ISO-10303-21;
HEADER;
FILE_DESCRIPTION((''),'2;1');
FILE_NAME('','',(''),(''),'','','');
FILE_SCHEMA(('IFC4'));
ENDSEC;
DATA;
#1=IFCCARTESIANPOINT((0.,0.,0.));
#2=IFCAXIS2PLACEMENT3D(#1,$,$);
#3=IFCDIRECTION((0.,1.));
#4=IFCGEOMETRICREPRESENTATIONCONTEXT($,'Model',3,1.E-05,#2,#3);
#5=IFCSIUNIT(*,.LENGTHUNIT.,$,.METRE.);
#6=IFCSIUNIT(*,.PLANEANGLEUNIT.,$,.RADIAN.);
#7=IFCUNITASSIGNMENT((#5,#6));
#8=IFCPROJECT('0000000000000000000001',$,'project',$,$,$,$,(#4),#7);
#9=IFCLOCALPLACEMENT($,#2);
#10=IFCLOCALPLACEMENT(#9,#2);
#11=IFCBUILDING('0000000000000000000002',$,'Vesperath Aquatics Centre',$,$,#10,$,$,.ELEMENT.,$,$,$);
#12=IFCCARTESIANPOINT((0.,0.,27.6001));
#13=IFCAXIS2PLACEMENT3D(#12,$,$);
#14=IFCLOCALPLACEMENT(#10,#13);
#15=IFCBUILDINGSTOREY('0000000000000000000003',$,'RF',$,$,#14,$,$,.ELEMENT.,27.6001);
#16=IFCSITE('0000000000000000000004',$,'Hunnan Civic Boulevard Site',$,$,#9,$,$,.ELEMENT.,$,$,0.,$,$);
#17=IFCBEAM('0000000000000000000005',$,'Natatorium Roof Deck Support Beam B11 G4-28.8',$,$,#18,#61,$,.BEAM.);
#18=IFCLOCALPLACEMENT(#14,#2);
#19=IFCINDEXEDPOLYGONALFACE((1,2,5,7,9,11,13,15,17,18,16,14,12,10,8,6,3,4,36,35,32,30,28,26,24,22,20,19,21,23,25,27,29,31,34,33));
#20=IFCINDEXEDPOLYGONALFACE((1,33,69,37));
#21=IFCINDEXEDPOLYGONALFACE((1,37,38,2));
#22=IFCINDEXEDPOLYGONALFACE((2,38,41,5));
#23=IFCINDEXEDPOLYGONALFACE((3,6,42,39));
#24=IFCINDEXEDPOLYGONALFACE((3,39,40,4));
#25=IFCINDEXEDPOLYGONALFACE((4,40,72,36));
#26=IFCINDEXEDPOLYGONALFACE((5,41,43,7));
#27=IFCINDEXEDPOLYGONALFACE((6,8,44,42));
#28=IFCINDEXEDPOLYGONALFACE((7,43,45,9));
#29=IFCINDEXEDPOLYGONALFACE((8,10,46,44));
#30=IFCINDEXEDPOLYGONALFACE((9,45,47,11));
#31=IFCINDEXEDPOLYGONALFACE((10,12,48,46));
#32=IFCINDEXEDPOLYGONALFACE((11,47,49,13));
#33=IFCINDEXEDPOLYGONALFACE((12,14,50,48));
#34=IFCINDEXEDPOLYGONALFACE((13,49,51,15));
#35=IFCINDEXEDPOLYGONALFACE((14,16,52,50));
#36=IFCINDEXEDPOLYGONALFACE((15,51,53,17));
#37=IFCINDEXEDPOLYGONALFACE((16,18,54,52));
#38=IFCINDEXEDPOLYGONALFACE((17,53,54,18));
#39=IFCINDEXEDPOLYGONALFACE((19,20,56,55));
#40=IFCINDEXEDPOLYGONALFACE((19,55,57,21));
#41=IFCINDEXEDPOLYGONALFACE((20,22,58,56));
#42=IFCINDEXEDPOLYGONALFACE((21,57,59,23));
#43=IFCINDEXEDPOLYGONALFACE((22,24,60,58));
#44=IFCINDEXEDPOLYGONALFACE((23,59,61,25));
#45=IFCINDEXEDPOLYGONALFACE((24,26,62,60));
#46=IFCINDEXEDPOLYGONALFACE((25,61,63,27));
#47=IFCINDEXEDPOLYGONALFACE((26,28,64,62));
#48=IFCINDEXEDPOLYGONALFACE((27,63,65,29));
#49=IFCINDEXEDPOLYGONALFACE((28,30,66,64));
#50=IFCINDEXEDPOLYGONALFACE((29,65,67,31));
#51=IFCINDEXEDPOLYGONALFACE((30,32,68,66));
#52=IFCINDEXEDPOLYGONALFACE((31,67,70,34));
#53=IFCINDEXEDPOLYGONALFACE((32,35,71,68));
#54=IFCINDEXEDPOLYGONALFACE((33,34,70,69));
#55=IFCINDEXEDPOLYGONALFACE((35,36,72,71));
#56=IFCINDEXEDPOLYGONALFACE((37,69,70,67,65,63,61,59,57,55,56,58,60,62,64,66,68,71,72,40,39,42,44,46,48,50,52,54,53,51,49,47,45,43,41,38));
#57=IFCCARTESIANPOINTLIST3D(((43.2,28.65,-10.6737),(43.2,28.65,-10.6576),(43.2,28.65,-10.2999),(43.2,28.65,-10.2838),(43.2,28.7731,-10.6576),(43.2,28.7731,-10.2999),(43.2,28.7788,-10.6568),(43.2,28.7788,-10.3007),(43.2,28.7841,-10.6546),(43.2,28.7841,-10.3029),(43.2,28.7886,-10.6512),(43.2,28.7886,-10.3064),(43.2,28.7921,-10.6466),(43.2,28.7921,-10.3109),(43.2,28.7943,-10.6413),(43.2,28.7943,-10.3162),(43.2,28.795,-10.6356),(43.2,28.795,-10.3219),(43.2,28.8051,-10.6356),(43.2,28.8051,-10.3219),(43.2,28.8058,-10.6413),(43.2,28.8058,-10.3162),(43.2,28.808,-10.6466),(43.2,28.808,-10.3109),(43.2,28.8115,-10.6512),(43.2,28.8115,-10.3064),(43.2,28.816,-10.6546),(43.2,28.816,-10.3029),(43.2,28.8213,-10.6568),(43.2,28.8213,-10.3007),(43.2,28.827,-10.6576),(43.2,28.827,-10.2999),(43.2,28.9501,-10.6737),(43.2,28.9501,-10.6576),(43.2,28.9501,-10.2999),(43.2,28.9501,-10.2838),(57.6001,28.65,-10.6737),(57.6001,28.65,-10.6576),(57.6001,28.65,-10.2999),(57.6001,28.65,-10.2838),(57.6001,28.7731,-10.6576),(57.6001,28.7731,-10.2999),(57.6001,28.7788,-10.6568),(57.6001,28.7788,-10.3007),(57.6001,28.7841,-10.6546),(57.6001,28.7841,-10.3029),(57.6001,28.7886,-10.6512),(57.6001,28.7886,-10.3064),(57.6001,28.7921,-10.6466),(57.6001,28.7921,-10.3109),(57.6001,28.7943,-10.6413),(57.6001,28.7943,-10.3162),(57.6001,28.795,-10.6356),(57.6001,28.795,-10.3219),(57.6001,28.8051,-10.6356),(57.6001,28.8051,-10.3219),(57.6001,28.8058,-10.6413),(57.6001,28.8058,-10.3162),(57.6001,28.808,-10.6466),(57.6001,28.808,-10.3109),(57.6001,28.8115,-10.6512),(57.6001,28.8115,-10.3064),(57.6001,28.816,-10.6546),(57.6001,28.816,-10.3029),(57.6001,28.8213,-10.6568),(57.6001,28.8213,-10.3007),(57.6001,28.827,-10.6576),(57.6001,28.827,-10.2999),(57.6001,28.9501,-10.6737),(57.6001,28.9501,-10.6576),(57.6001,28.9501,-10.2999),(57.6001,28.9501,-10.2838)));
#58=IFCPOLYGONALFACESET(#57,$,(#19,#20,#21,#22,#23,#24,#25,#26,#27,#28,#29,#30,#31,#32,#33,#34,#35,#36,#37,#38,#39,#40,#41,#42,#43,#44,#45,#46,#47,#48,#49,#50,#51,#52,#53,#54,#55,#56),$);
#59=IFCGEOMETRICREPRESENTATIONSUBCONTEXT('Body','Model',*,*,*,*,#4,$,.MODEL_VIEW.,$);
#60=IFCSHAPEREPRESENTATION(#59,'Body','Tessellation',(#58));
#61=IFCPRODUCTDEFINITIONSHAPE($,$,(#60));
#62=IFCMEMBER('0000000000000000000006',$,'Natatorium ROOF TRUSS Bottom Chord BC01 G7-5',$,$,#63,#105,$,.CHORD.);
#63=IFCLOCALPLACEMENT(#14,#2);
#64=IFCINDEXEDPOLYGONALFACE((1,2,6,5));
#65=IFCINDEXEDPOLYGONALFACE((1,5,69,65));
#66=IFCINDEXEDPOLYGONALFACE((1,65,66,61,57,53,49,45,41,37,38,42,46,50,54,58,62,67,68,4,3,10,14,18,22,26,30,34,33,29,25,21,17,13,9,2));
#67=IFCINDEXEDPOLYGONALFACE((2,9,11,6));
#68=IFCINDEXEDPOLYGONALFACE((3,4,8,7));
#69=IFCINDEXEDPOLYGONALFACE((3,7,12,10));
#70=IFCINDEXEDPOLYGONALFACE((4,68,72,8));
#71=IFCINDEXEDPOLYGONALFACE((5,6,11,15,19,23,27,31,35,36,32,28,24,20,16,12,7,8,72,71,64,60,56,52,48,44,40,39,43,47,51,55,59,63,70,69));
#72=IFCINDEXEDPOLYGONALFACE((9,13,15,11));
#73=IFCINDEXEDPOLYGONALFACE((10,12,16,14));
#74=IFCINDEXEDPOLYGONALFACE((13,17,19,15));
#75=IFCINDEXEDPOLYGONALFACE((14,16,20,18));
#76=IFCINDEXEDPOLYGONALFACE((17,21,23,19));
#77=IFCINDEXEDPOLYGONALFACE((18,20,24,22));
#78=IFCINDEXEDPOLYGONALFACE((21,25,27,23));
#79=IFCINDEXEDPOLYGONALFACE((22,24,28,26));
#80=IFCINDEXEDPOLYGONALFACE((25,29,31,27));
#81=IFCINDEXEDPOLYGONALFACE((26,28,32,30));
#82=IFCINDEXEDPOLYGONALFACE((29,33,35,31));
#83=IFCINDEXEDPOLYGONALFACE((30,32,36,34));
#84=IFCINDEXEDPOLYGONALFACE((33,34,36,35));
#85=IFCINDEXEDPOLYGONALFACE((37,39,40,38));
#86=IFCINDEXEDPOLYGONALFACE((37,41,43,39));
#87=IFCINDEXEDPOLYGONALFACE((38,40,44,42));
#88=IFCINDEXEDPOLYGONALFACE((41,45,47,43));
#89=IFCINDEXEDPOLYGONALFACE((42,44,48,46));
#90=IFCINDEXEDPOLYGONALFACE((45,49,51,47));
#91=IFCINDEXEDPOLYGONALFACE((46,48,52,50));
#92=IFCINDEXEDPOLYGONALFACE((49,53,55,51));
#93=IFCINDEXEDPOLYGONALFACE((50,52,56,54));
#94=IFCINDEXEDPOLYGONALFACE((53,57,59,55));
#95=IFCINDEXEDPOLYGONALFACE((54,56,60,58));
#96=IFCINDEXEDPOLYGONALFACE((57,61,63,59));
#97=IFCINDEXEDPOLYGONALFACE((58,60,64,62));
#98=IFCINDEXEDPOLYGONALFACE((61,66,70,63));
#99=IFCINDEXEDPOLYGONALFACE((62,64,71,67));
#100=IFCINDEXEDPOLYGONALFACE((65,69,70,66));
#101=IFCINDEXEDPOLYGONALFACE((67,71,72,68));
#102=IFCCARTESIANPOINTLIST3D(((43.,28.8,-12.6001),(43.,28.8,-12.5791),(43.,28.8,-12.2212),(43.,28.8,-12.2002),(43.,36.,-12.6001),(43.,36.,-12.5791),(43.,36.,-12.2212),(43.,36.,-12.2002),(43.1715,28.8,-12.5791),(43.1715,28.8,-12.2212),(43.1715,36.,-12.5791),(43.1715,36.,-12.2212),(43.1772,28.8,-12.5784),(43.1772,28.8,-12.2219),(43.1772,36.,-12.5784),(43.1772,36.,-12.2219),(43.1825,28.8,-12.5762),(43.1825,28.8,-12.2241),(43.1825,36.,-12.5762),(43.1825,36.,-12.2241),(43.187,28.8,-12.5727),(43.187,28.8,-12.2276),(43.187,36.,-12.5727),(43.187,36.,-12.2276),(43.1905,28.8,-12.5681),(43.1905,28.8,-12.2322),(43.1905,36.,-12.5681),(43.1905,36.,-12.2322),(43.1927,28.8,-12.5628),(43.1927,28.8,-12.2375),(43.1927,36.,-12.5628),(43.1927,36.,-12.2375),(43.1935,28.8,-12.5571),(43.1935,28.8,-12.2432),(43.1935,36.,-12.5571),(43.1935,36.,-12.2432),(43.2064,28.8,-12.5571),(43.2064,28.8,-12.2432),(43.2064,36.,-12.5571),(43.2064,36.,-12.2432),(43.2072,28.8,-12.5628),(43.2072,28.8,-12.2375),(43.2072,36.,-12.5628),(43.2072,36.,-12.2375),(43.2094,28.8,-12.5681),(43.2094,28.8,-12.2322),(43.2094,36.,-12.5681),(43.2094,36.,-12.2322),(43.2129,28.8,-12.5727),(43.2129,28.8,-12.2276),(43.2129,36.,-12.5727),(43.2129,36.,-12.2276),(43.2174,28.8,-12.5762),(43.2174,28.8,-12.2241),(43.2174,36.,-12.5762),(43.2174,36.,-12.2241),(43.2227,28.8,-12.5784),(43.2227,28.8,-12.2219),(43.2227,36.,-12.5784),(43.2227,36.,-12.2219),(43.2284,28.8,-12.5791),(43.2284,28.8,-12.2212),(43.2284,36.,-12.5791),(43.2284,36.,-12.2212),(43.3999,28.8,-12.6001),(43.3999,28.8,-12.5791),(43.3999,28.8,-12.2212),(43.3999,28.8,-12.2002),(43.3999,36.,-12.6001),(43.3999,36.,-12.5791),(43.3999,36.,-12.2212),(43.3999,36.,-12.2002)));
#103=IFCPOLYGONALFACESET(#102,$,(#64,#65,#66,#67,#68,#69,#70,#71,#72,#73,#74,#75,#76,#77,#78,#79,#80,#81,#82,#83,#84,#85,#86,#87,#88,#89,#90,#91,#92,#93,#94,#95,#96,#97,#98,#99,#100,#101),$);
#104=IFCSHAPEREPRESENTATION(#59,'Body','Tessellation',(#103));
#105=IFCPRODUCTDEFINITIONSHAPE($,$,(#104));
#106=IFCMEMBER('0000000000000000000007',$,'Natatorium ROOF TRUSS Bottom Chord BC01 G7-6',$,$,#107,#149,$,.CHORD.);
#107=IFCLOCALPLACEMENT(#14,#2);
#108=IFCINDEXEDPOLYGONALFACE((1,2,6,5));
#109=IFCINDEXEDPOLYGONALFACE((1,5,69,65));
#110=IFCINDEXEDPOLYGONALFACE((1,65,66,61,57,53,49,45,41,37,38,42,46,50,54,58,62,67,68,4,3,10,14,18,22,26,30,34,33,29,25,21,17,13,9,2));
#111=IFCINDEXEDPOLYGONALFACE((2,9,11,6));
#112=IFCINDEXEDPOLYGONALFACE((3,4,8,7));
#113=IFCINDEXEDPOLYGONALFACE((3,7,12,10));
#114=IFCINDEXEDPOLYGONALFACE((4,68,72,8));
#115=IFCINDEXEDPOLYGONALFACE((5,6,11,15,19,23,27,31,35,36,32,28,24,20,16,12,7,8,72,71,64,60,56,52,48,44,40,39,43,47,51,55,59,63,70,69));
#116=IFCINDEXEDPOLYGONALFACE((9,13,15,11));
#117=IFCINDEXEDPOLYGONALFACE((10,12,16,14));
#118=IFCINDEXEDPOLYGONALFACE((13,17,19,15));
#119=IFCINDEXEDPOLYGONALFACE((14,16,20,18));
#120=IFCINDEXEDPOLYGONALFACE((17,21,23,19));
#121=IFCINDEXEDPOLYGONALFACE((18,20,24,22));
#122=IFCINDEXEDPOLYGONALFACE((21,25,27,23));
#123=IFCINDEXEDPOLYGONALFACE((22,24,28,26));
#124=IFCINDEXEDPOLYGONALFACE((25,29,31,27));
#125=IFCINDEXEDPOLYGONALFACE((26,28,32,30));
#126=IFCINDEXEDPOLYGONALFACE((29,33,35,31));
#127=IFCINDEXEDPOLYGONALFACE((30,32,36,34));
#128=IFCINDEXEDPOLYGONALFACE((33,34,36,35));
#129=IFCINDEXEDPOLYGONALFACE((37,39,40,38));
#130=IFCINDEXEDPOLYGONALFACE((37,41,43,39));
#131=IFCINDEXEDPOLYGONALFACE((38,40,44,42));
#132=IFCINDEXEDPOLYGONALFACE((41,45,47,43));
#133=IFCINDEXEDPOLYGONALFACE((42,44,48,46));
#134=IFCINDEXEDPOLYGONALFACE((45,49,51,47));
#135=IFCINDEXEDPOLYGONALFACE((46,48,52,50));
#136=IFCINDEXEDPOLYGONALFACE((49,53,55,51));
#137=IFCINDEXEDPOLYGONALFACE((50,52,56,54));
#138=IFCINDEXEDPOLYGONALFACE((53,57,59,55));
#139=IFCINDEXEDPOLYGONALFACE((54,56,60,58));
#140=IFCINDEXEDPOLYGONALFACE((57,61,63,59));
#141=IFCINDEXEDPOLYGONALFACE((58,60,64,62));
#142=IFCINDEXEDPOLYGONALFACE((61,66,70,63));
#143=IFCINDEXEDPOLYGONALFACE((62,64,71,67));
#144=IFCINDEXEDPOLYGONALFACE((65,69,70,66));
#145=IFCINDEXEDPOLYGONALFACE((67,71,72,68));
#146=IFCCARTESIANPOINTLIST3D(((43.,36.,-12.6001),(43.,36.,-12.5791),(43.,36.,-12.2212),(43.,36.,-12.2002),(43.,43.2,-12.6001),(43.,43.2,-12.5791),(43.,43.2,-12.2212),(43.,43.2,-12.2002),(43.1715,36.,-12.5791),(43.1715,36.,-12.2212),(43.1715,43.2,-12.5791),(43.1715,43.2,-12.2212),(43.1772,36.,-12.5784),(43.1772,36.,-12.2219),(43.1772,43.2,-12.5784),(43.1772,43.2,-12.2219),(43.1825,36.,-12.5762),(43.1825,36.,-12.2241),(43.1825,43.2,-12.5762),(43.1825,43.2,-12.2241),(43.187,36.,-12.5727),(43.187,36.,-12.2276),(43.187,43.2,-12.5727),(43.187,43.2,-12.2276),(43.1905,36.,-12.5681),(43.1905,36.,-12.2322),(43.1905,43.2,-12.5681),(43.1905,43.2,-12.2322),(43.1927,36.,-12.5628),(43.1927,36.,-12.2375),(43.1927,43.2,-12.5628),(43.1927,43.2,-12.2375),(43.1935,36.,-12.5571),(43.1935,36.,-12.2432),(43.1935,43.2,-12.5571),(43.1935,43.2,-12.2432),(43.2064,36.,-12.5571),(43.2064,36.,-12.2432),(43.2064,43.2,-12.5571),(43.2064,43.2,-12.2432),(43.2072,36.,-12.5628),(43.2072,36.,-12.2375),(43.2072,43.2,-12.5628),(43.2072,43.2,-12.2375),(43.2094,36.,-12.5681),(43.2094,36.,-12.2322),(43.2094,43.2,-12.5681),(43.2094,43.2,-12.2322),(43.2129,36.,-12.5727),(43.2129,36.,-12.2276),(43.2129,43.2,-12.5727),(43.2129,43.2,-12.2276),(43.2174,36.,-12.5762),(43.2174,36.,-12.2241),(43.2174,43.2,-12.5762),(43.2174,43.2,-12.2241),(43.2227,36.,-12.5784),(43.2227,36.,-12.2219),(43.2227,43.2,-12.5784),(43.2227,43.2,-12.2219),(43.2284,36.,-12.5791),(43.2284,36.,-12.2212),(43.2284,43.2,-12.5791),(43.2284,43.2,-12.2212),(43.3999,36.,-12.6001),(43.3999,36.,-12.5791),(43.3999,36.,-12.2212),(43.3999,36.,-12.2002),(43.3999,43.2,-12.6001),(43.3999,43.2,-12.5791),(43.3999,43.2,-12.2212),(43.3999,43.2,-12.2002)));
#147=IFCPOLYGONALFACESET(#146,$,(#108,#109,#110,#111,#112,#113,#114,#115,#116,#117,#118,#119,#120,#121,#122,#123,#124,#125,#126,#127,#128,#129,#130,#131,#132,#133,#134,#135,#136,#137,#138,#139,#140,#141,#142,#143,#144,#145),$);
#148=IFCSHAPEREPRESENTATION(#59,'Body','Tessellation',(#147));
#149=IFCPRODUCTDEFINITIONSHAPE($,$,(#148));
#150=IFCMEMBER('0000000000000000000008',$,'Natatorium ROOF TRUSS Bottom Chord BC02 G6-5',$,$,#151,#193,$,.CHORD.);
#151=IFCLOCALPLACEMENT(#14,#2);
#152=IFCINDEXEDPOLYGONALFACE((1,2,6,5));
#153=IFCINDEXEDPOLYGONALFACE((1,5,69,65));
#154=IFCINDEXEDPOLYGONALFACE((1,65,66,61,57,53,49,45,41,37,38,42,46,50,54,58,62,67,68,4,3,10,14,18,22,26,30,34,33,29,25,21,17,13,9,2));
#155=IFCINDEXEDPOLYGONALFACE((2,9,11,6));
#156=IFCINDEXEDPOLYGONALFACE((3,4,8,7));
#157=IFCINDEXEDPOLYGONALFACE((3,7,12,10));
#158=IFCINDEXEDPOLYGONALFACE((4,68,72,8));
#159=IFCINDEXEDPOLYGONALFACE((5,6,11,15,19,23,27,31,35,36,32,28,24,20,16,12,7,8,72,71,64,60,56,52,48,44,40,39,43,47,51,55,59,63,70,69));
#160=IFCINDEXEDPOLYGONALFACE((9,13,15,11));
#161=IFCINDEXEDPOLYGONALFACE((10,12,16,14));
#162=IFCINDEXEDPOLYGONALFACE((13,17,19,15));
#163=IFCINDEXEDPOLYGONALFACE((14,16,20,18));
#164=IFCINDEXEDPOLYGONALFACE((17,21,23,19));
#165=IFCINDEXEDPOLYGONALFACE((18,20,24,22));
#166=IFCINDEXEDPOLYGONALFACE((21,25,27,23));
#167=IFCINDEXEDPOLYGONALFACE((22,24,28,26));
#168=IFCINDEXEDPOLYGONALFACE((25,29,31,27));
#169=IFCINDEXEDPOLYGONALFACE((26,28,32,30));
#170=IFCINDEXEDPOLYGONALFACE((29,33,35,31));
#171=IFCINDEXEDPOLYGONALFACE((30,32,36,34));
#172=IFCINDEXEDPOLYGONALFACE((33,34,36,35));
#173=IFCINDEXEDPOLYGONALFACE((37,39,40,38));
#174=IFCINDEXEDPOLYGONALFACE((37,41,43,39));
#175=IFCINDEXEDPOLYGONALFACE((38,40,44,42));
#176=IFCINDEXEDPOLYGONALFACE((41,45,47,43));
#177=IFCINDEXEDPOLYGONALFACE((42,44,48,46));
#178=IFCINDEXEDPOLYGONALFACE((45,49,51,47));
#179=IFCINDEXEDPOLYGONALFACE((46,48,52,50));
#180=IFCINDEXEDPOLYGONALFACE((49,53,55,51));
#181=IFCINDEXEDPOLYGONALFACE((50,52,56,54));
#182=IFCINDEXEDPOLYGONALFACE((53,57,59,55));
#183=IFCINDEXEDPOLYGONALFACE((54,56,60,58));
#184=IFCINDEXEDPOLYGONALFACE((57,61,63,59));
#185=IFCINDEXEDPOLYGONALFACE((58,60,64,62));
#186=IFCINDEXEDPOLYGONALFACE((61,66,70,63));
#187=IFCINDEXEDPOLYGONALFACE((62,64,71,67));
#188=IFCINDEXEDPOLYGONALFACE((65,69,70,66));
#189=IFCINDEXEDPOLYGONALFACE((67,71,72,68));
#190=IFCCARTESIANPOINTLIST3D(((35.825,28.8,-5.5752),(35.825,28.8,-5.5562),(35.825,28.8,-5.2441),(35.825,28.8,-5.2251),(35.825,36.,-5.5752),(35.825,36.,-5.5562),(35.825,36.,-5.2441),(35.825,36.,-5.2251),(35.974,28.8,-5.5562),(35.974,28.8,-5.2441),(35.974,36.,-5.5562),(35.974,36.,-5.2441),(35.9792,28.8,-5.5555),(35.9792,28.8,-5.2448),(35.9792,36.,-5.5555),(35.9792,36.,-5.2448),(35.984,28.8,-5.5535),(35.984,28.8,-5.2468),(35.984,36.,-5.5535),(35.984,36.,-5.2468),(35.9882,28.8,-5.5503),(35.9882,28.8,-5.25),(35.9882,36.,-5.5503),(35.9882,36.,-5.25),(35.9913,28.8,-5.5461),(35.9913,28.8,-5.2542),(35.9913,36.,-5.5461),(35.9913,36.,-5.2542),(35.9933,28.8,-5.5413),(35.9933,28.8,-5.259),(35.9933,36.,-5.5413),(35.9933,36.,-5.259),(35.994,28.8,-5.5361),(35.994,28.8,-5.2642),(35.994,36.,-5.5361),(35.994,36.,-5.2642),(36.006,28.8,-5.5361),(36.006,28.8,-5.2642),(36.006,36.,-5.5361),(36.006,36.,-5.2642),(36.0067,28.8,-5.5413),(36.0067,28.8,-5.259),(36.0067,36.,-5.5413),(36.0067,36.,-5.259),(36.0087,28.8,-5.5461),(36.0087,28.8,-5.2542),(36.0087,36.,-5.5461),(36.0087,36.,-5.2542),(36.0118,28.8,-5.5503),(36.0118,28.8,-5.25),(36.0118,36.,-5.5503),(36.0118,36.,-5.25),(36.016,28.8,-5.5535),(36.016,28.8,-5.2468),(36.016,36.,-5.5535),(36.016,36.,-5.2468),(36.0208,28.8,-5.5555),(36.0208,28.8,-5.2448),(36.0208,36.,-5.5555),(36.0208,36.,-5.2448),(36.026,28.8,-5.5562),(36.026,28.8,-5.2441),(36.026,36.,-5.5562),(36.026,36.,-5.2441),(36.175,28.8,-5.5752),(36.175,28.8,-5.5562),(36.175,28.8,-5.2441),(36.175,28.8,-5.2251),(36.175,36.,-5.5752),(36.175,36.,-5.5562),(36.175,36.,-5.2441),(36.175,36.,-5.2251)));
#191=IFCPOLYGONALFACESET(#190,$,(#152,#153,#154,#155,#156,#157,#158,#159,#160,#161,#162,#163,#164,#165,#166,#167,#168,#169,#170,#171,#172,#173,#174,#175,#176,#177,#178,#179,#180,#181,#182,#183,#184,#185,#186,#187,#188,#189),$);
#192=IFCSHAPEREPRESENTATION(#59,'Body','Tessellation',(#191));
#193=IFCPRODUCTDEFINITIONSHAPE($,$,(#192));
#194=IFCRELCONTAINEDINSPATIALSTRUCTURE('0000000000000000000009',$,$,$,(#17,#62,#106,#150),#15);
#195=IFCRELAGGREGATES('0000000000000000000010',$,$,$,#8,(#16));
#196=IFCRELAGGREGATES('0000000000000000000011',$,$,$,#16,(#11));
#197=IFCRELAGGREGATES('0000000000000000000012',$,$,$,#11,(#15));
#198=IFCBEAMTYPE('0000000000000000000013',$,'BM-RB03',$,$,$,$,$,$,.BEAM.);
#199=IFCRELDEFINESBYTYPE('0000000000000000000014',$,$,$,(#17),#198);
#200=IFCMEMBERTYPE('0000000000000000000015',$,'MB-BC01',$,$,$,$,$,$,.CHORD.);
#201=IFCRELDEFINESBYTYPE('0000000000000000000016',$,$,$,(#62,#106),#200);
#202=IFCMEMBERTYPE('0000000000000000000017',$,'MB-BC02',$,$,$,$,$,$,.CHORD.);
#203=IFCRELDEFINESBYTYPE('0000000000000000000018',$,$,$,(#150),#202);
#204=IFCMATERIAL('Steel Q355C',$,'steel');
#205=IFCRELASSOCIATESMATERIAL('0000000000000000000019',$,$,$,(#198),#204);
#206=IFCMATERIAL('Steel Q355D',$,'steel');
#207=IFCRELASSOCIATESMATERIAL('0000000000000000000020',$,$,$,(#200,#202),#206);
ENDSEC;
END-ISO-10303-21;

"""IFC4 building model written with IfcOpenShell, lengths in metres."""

from ifc_helpers import new_model, si_unit, direction, frame, origin, origin_2d, place, context, subcontext, project, spatial, i_section, extrude, material, material_profile, profile_set, type_object, element, save


model = new_model("IFC4")

# Units and contexts
model_context = context("Model", 3, precision=1e-05, world=origin(), true_north=direction((0.0, 1.0)))
body_context = subcontext(model_context, "Body", "Model", "MODEL_VIEW")
ifc_project = project(units=[si_unit("LENGTHUNIT", "METRE"), si_unit("PLANEANGLEUNIT", "RADIAN")], contexts=[model_context])

# Site, building, storey
site_placement = place(None, origin())
site = spatial("IfcSite", under=ifc_project, at=site_placement, Name="Hunnan Civic Boulevard Site", CompositionType="ELEMENT", RefElevation=0.0)
building_placement = place(site_placement, origin())
building = spatial("IfcBuilding", under=site, at=building_placement, Name="Vesperath Aquatics Centre", CompositionType="ELEMENT")
storey_placement = place(building_placement, frame((0.0, 0.0, 27.6001)))
storey = spatial("IfcBuildingStorey", under=building, at=storey_placement, Name="RF", CompositionType="ELEMENT", Elevation=27.6001)

# Beam
ifc_material_1 = material(Name="Steel Q355C", Category="steel")
ifc_material_profile_1 = material_profile(ifc_material_1, i_section(OverallWidth=0.3, OverallDepth=0.3899, WebThickness=0.01, FlangeThickness=0.0161, FilletRadius=0.022, at=origin_2d()), Name="HM 390x300x10x16")
ifc_profile_set_1 = profile_set([ifc_material_profile_1], Name="Steel Q355C")
beam_type = type_object("IfcBeamType", Name="BM-RB03", PredefinedType="BEAM", material=ifc_profile_set_1)
beam_placement = place(storey_placement, frame((43.2, 28.8, -10.4788), z_axis=(1.0, 0.0, 0.0), x_axis=(0.0, 1.0, 0.0)))
element("IfcBeam", 1, at=beam_placement, inside=storey, type_object=beam_type, Name="Natatorium Roof Deck Support Beam B11 G4-28.8", PredefinedType="BEAM", context=body_context, shape_type="SweptSolid", body=[
    extrude(i_section(OverallWidth=0.3, OverallDepth=0.3899, WebThickness=0.01, FlangeThickness=0.0161, FilletRadius=0.022, at=origin_2d()), origin(), (0.0, 0.0, 1.0), 14.4001),
])

# Members
ifc_material_2 = material(Name="Steel Q355D", Category="steel")
ifc_material_profile_2 = material_profile(ifc_material_2, i_section(OverallWidth=0.3999, OverallDepth=0.3999, WebThickness=0.0129, FlangeThickness=0.021, FilletRadius=0.022, at=origin_2d()), Name="HW 400x400x13x21")
ifc_profile_set_2 = profile_set([ifc_material_profile_2], Name="Steel Q355D")
member_type_1 = type_object("IfcMemberType", Name="MB-BC01", PredefinedType="CHORD", material=ifc_profile_set_2)
for number, where, z_axis, x_axis, name in (
    (2, (43.2, 28.8, -12.4001), (0.0, 1.0, 0.0), (-1.0, 0.0, 0.0), "Natatorium ROOF TRUSS Bottom Chord BC01 G7-5"),
    (3, (43.2, 36.0, -12.4001), (0.0, 1.0, 0.0), (-1.0, 0.0, 0.0), "Natatorium ROOF TRUSS Bottom Chord BC01 G7-6"),
):
    element("IfcMember", number, at=place(storey_placement, frame(where, z_axis=z_axis, x_axis=x_axis)), inside=storey, type_object=member_type_1, Name=name, PredefinedType="CHORD", context=body_context, shape_type="SweptSolid", body=[
        extrude(i_section(OverallWidth=0.3999, OverallDepth=0.3999, WebThickness=0.0129, FlangeThickness=0.021, FilletRadius=0.022, at=origin_2d()), origin(), (0.0, 0.0, 1.0), 7.2),
    ])
ifc_material_profile_3 = material_profile(ifc_material_2, i_section(OverallWidth=0.3501, OverallDepth=0.3501, WebThickness=0.012, FlangeThickness=0.019, FilletRadius=0.02, at=origin_2d()), Name="HW 350x350x12x19")
ifc_profile_set_3 = profile_set([ifc_material_profile_3], Name="Steel Q355D")
member_type_2 = type_object("IfcMemberType", Name="MB-BC02", PredefinedType="CHORD", material=ifc_profile_set_3)
for number, where, z_axis, x_axis, name in (
    (4, (36.0, 28.8, -5.4001), (0.0, 1.0, 0.0), (-1.0, 0.0, 0.0), "Natatorium ROOF TRUSS Bottom Chord BC02 G6-5"),
):
    element("IfcMember", number, at=place(storey_placement, frame(where, z_axis=z_axis, x_axis=x_axis)), inside=storey, type_object=member_type_2, Name=name, PredefinedType="CHORD", context=body_context, shape_type="SweptSolid", body=[
        extrude(i_section(OverallWidth=0.3501, OverallDepth=0.3501, WebThickness=0.012, FlangeThickness=0.019, FilletRadius=0.02, at=origin_2d()), origin(), (0.0, 0.0, 1.0), 7.2),
    ])

save(model, "model.ifc")
